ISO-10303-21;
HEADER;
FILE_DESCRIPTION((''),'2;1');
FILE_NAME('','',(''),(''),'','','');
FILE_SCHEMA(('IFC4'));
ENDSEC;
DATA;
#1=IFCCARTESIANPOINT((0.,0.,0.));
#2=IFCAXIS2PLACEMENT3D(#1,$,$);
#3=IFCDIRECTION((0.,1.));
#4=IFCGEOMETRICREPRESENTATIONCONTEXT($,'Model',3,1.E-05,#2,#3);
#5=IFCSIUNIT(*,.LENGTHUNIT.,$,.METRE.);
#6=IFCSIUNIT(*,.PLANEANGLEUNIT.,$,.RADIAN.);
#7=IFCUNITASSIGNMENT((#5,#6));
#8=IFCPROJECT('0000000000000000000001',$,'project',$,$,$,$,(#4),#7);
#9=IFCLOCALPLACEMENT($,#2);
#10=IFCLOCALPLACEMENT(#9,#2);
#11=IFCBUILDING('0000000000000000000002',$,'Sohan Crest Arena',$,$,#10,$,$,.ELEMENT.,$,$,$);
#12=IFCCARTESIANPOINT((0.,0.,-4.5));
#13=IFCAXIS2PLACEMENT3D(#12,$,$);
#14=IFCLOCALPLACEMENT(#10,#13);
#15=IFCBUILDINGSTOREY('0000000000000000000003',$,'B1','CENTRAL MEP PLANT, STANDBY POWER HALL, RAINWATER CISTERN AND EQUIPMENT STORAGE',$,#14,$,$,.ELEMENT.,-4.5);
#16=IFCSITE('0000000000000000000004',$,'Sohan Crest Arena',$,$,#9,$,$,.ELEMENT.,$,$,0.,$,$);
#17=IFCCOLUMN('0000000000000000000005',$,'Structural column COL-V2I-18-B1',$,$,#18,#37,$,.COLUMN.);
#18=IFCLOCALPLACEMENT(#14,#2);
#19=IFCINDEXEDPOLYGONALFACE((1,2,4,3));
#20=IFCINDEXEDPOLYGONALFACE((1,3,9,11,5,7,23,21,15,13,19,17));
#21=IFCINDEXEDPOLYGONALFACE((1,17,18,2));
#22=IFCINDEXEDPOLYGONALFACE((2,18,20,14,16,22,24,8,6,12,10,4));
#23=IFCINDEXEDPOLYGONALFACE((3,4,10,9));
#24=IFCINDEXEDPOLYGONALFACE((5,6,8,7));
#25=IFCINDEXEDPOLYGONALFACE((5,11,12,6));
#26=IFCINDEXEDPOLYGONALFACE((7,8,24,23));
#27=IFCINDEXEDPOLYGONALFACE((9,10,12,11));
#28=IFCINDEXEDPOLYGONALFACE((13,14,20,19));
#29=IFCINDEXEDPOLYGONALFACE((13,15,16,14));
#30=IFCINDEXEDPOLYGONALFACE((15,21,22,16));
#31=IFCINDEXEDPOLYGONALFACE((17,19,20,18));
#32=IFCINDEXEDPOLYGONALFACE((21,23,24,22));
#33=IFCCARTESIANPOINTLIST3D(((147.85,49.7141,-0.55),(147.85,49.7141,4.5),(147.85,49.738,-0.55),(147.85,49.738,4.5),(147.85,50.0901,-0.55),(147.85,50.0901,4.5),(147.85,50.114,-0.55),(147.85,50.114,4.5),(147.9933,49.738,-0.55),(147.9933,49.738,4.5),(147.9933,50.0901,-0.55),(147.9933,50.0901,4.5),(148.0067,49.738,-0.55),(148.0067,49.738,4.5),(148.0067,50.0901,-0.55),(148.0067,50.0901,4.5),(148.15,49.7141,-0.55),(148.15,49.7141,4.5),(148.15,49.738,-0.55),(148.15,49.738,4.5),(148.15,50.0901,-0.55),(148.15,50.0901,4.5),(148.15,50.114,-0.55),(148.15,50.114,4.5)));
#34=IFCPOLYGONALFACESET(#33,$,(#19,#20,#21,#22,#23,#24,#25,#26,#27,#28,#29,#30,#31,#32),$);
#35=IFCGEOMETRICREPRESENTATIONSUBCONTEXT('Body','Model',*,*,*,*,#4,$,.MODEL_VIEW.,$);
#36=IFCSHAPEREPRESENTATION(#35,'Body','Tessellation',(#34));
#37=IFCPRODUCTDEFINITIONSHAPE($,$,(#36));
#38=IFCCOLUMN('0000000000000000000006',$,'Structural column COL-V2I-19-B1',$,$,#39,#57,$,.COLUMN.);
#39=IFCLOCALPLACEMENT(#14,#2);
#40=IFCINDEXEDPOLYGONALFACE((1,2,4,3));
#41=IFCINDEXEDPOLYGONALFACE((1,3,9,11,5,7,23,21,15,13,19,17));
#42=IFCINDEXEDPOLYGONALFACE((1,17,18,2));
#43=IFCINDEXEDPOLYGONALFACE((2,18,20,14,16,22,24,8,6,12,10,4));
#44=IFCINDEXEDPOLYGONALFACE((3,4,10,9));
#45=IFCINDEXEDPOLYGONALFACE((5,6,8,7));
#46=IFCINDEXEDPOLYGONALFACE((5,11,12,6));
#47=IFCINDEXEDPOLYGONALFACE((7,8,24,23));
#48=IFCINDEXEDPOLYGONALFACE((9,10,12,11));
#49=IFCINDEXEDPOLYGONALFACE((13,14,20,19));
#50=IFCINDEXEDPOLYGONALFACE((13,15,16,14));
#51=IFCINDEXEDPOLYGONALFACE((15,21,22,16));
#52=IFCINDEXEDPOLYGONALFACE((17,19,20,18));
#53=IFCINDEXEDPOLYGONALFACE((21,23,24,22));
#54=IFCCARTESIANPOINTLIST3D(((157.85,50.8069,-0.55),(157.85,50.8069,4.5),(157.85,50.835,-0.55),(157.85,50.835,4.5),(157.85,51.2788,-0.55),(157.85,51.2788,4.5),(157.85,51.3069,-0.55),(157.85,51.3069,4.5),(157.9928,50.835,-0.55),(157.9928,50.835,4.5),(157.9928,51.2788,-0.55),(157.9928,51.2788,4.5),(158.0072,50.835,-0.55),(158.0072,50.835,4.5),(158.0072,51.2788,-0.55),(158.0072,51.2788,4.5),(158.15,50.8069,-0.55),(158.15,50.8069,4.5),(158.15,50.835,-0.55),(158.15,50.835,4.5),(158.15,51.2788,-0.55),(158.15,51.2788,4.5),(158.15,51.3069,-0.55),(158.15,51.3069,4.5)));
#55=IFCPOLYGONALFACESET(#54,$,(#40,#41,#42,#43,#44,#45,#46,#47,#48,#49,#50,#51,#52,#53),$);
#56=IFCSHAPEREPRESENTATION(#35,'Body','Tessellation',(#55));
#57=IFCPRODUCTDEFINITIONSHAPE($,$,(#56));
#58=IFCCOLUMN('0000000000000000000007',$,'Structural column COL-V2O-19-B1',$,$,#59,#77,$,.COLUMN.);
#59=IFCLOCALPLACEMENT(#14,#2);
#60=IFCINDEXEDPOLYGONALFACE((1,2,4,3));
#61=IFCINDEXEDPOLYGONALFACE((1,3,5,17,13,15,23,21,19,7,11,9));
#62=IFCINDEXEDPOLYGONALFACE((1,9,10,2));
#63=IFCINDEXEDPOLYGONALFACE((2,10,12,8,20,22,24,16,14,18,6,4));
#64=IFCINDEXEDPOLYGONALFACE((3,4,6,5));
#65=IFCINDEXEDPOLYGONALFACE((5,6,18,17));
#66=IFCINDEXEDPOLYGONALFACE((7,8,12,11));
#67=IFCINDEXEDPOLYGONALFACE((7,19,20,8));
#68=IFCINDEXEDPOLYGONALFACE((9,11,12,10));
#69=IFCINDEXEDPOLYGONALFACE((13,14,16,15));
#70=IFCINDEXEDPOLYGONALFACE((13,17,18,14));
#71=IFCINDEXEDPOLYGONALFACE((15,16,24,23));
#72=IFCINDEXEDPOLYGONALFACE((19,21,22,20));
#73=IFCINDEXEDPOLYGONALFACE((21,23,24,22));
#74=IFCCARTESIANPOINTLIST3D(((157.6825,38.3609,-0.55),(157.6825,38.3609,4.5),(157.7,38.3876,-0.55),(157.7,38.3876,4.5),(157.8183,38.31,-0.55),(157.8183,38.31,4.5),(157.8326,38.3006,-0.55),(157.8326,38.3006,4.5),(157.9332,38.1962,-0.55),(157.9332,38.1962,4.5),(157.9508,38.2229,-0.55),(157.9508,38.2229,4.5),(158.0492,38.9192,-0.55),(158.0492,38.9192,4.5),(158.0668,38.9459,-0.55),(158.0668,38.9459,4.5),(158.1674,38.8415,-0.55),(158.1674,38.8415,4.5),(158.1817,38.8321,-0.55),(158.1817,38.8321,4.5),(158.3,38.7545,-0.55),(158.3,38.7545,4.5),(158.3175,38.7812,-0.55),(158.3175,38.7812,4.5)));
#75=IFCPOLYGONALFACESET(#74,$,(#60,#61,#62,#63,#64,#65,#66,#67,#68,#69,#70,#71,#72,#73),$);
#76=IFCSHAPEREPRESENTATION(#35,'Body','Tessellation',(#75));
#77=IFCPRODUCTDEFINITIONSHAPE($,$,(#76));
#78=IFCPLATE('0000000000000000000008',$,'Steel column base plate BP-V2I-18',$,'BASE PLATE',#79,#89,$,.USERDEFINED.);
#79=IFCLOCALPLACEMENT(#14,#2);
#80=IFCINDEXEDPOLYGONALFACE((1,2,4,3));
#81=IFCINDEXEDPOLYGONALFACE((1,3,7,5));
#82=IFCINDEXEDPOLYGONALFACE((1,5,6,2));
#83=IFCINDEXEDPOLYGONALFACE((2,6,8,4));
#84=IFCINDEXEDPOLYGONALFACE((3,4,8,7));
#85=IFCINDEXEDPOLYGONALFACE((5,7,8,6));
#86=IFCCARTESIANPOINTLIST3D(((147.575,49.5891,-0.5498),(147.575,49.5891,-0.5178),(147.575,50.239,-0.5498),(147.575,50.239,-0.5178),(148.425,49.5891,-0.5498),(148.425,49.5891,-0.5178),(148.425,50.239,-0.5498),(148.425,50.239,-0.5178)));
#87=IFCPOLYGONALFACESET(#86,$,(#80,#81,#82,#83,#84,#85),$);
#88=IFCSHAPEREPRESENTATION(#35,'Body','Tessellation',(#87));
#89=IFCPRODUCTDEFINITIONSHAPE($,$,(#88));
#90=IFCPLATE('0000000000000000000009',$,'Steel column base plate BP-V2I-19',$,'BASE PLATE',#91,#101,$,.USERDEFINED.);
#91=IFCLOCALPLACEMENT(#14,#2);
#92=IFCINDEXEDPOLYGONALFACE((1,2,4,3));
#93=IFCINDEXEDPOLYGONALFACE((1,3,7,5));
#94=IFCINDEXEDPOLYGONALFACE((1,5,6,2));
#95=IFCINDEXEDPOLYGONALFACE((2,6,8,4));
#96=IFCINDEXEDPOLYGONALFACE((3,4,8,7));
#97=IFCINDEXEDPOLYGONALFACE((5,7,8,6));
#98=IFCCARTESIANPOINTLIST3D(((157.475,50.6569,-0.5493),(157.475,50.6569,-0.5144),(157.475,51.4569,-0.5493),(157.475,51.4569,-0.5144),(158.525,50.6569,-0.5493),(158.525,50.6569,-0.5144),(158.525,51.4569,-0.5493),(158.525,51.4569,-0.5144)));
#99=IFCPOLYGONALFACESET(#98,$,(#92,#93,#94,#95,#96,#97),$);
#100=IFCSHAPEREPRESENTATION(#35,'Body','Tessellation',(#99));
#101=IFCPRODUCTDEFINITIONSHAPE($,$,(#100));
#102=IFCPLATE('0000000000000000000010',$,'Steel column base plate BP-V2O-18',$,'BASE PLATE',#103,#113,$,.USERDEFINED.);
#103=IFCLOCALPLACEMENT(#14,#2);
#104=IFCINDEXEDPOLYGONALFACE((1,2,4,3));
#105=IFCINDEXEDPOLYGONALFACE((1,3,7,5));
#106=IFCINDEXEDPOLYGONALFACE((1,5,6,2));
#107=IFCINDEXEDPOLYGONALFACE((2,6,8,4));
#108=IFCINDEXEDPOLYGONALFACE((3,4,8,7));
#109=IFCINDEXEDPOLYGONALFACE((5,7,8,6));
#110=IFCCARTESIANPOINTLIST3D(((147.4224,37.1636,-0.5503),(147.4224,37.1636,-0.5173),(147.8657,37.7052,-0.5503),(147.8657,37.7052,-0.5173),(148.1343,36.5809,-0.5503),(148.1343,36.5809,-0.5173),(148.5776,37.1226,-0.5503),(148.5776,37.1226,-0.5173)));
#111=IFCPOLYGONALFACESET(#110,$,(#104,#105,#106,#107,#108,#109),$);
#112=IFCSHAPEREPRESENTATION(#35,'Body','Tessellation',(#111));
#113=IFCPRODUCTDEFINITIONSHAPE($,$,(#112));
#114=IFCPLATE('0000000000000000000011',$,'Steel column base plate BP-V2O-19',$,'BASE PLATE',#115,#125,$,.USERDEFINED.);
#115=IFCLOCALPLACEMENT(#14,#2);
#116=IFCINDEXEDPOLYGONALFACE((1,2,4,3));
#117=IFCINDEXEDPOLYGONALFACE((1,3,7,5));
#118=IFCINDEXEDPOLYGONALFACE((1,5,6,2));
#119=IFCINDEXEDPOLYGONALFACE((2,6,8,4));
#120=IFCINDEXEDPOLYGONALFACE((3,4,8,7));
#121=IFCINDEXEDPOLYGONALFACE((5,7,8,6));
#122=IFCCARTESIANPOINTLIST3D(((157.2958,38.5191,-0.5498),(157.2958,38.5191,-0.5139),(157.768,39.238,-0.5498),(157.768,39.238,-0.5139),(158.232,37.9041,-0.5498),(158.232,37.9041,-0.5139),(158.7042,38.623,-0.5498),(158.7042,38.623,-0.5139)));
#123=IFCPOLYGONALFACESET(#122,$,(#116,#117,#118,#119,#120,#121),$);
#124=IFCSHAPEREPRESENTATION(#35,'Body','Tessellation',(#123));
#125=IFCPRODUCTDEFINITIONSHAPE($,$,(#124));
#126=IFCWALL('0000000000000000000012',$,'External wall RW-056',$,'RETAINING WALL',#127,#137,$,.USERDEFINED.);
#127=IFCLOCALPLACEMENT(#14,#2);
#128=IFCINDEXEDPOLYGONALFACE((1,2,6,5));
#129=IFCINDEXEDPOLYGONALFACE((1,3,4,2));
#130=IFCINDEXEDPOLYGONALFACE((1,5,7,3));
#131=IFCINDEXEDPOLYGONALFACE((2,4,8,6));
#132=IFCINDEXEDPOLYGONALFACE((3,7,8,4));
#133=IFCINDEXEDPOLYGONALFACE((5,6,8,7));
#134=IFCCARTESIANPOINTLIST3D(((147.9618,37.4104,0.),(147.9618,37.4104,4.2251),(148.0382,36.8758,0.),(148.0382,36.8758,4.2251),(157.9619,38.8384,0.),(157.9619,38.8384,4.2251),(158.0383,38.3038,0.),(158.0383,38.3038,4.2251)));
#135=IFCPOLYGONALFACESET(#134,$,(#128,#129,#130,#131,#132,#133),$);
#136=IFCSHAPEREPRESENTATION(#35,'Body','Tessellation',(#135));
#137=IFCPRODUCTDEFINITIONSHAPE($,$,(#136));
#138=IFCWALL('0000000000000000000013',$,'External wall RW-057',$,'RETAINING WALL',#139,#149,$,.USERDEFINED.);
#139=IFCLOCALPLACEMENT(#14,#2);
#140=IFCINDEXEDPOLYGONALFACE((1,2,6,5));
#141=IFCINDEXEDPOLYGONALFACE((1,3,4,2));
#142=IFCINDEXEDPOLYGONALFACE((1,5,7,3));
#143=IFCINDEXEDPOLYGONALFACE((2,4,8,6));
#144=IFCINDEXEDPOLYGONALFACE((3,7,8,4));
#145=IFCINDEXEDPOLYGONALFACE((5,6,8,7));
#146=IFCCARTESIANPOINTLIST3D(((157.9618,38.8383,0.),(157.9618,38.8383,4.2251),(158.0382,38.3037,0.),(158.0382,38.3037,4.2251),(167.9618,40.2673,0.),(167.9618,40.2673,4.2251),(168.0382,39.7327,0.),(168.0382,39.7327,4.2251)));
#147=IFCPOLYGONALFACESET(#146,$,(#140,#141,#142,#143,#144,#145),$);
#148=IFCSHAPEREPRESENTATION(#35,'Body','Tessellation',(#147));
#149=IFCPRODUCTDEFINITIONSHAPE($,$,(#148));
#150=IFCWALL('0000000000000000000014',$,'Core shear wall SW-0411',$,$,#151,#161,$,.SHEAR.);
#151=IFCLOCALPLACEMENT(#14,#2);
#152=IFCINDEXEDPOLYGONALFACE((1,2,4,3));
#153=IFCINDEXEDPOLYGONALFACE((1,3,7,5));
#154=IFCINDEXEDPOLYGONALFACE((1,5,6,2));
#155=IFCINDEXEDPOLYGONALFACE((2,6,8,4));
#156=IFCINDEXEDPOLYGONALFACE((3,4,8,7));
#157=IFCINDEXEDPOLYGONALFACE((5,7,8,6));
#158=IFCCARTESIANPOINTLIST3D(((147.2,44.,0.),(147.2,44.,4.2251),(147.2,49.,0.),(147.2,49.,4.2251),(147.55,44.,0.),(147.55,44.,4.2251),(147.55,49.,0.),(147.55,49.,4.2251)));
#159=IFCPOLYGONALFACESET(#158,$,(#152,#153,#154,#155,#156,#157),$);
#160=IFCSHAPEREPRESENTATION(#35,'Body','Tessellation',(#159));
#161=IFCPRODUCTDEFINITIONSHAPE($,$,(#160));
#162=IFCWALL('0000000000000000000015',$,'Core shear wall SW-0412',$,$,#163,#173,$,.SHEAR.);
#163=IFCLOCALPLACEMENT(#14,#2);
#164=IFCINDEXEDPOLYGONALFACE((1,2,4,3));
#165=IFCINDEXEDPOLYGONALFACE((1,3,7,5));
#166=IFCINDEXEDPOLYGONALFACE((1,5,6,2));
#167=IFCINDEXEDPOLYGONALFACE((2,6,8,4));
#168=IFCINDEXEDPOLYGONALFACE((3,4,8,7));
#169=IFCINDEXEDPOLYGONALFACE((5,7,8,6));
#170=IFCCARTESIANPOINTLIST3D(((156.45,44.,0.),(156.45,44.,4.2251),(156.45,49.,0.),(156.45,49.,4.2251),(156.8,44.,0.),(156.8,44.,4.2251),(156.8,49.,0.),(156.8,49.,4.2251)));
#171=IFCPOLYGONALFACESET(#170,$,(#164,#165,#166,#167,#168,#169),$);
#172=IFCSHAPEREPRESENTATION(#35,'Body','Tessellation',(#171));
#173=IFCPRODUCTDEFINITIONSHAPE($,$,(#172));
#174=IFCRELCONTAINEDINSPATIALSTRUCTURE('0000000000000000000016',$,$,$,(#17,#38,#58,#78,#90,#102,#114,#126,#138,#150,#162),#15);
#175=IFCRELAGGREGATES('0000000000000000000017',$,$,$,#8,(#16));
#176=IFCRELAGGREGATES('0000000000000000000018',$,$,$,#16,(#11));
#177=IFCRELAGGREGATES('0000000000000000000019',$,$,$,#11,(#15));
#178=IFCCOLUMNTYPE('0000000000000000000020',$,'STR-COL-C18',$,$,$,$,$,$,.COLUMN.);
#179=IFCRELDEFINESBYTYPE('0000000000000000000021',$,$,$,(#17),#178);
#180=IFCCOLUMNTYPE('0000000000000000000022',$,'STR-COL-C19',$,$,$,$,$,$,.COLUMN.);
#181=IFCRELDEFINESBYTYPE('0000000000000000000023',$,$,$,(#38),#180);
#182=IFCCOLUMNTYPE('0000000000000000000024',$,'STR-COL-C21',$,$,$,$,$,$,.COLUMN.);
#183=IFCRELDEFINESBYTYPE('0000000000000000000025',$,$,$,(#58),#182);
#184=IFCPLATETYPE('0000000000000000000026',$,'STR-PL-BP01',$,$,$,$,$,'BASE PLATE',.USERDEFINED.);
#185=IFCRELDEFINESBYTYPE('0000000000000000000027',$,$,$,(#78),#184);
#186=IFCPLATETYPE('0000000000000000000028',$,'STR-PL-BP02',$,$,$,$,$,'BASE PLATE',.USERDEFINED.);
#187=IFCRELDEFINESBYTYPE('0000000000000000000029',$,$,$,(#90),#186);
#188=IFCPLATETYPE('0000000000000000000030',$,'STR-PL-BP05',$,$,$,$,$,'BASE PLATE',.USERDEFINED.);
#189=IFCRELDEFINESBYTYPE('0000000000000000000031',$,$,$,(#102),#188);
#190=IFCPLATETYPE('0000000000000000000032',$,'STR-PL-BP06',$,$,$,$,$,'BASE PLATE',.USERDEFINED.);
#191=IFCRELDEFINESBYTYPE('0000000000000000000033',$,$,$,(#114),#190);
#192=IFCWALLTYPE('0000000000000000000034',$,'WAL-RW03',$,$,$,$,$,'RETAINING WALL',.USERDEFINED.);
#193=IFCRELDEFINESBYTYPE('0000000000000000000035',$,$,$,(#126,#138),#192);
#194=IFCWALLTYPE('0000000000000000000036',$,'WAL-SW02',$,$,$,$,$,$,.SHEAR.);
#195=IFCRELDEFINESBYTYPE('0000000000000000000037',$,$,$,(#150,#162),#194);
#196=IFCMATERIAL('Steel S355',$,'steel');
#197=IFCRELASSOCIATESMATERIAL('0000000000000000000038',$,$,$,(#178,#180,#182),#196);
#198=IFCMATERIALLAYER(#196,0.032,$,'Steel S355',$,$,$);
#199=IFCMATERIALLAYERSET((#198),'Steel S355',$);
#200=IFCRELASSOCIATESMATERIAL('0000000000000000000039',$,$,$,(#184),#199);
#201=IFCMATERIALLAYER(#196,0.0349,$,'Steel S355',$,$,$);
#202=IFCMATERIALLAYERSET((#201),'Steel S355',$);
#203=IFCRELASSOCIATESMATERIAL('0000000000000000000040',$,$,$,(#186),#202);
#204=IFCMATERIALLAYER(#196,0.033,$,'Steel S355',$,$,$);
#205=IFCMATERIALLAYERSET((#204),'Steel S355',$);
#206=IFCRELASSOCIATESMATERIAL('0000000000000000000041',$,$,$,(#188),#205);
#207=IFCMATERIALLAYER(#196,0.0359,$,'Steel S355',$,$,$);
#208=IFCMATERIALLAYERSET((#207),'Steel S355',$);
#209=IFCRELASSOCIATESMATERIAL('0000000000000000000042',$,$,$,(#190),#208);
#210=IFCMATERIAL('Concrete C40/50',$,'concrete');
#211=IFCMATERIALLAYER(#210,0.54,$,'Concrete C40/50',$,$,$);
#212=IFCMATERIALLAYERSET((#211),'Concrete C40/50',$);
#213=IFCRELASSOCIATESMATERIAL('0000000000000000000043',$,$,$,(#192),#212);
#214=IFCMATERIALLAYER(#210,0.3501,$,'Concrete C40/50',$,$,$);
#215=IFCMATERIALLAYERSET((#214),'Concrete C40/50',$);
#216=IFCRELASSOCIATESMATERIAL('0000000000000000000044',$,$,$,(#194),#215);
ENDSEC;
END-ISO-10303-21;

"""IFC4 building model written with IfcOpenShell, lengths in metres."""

from ifc_helpers import new_model, si_unit, direction, frame, frame_2d, origin, origin_2d, place, context, subcontext, project, spatial, rectangle, i_section, extrude, material, layer, layer_set, material_profile, profile_set, type_object, element, save


model = new_model("IFC4")

# Units and contexts
model_context = context("Model", 3, precision=1e-05, world=origin(), true_north=direction((0.0, 1.0)))
body_context = subcontext(model_context, "Body", "Model", "MODEL_VIEW")
ifc_project = project(units=[si_unit("LENGTHUNIT", "METRE"), si_unit("PLANEANGLEUNIT", "RADIAN")], contexts=[model_context])

# Site, building, storey
site_placement = place(None, origin())
site = spatial("IfcSite", under=ifc_project, at=site_placement, Name="Sohan Crest Arena", CompositionType="ELEMENT", RefElevation=0.0)
building_placement = place(site_placement, origin())
building = spatial("IfcBuilding", under=site, at=building_placement, Name="Sohan Crest Arena", CompositionType="ELEMENT")
storey_placement = place(building_placement, frame((0.0, 0.0, -4.5)))
storey = spatial("IfcBuildingStorey", under=building, at=storey_placement, Name="B1", Description="CENTRAL MEP PLANT, STANDBY POWER HALL, RAINWATER CISTERN AND EQUIPMENT STORAGE", CompositionType="ELEMENT", Elevation=-4.5)

# Shared definitions
ifc_material_1 = material(Name="Concrete C40/50", Category="concrete")

# Columns
ifc_material_2 = material(Name="Steel S355", Category="steel")
ifc_material_profile_1 = material_profile(ifc_material_2, i_section(OverallWidth=0.3, OverallDepth=0.3999, WebThickness=0.0134, FlangeThickness=0.0239, at=origin_2d()), Name="HEB 400")
ifc_profile_set_1 = profile_set([ifc_material_profile_1], Name="Steel S355")
column_type_1 = type_object("IfcColumnType", Name="STR-COL-C18", PredefinedType="COLUMN", material=ifc_profile_set_1)
column_1_placement = place(storey_placement, frame((148.0, 49.9141, -0.55), z_axis=(0.0, 0.0, 1.0), x_axis=(1.0, 0.0, 0.0)))
element("IfcColumn", 1, at=column_1_placement, inside=storey, type_object=column_type_1, Name="Structural column COL-V2I-18-B1", PredefinedType="COLUMN", context=body_context, shape_type="SweptSolid", body=[
    extrude(i_section(OverallWidth=0.3, OverallDepth=0.3999, WebThickness=0.0134, FlangeThickness=0.0239, at=origin_2d()), origin(), (0.0, 0.0, 1.0), 5.05),
])
ifc_material_profile_2 = material_profile(ifc_material_2, i_section(OverallWidth=0.3, OverallDepth=0.5, WebThickness=0.0144, FlangeThickness=0.0281, at=origin_2d()), Name="HEB 500")
ifc_profile_set_2 = profile_set([ifc_material_profile_2], Name="Steel S355")
column_type_2 = type_object("IfcColumnType", Name="STR-COL-C19", PredefinedType="COLUMN", material=ifc_profile_set_2)
column_2_placement = place(storey_placement, frame((158.0, 51.0569, -0.55), z_axis=(0.0, 0.0, 1.0), x_axis=(1.0, 0.0, 0.0)))
element("IfcColumn", 2, at=column_2_placement, inside=storey, type_object=column_type_2, Name="Structural column COL-V2I-19-B1", PredefinedType="COLUMN", context=body_context, shape_type="SweptSolid", body=[
    extrude(i_section(OverallWidth=0.3, OverallDepth=0.5, WebThickness=0.0144, FlangeThickness=0.0281, at=origin_2d()), origin(), (0.0, 0.0, 1.0), 5.05),
])
ifc_material_profile_3 = material_profile(ifc_material_2, i_section(OverallWidth=0.3, OverallDepth=0.7, WebThickness=0.0171, FlangeThickness=0.032, at=origin_2d()), Name="HEB 700")
ifc_profile_set_3 = profile_set([ifc_material_profile_3], Name="Steel S355")
column_type_3 = type_object("IfcColumnType", Name="STR-COL-C21", PredefinedType="COLUMN", material=ifc_profile_set_3)
column_3_placement = place(storey_placement, frame((158.0, 38.571, -0.55), z_axis=(0.0, 0.0, 1.0), x_axis=(-0.835807, 0.549023, 0.0)))
element("IfcColumn", 3, at=column_3_placement, inside=storey, type_object=column_type_3, Name="Structural column COL-V2O-19-B1", PredefinedType="COLUMN", context=body_context, shape_type="SweptSolid", body=[
    extrude(i_section(OverallWidth=0.3, OverallDepth=0.7, WebThickness=0.0171, FlangeThickness=0.032, at=origin_2d()), origin(), (0.0, 0.0, 1.0), 5.05),
])

# Plates
ifc_layer_1 = layer(ifc_material_2, 0.032, Name="Steel S355")
ifc_layer_set_1 = layer_set([ifc_layer_1], Name="Steel S355")
plate_type_1 = type_object("IfcPlateType", Name="STR-PL-BP01", ElementType="BASE PLATE", PredefinedType="USERDEFINED", material=ifc_layer_set_1)
plate_1_placement = place(storey_placement, frame((148.0, 49.9141, -0.5498), z_axis=(0.0, 0.0, 1.0), x_axis=(1.0, 0.0, 0.0)))
element("IfcPlate", 4, at=plate_1_placement, inside=storey, type_object=plate_type_1, Name="Steel column base plate BP-V2I-18", ObjectType="BASE PLATE", PredefinedType="USERDEFINED", context=body_context, shape_type="SweptSolid", body=[
    extrude(rectangle(XDim=0.8501, YDim=0.6499, at=origin_2d()), origin(), (0.0, 0.0, 1.0), 0.032),
])
ifc_layer_2 = layer(ifc_material_2, 0.0349, Name="Steel S355")
ifc_layer_set_2 = layer_set([ifc_layer_2], Name="Steel S355")
plate_type_2 = type_object("IfcPlateType", Name="STR-PL-BP02", ElementType="BASE PLATE", PredefinedType="USERDEFINED", material=ifc_layer_set_2)
plate_2_placement = place(storey_placement, frame((158.0, 51.0569, -0.5493), z_axis=(0.0, 0.0, 1.0), x_axis=(1.0, 0.0, 0.0)))
element("IfcPlate", 5, at=plate_2_placement, inside=storey, type_object=plate_type_2, Name="Steel column base plate BP-V2I-19", ObjectType="BASE PLATE", PredefinedType="USERDEFINED", context=body_context, shape_type="SweptSolid", body=[
    extrude(rectangle(XDim=1.05, YDim=0.8, at=origin_2d()), origin(), (0.0, 0.0, 1.0), 0.0349),
])
ifc_layer_3 = layer(ifc_material_2, 0.033, Name="Steel S355")
ifc_layer_set_3 = layer_set([ifc_layer_3], Name="Steel S355")
plate_type_3 = type_object("IfcPlateType", Name="STR-PL-BP05", ElementType="BASE PLATE", PredefinedType="USERDEFINED", material=ifc_layer_set_3)
plate_3_placement = place(storey_placement, frame((148.0, 37.1431, -0.5503), z_axis=(0.0, 0.0, 1.0), x_axis=(-0.77384, 0.633381, 0.0)))
element("IfcPlate", 6, at=plate_3_placement, inside=storey, type_object=plate_type_3, Name="Steel column base plate BP-V2O-18", ObjectType="BASE PLATE", PredefinedType="USERDEFINED", context=body_context, shape_type="SweptSolid", body=[
    extrude(rectangle(XDim=0.9199, YDim=0.7, at=origin_2d()), origin(), (0.0, 0.0, 1.0), 0.033),
])
ifc_layer_4 = layer(ifc_material_2, 0.0359, Name="Steel S355")
ifc_layer_set_4 = layer_set([ifc_layer_4], Name="Steel S355")
plate_type_4 = type_object("IfcPlateType", Name="STR-PL-BP06", ElementType="BASE PLATE", PredefinedType="USERDEFINED", material=ifc_layer_set_4)
plate_4_placement = place(storey_placement, frame((158.0, 38.571, -0.5498), z_axis=(0.0, 0.0, 1.0), x_axis=(-0.835807, 0.549023, 0.0)))
element("IfcPlate", 7, at=plate_4_placement, inside=storey, type_object=plate_type_4, Name="Steel column base plate BP-V2O-19", ObjectType="BASE PLATE", PredefinedType="USERDEFINED", context=body_context, shape_type="SweptSolid", body=[
    extrude(rectangle(XDim=1.1201, YDim=0.8601, at=origin_2d()), origin(), (0.0, 0.0, 1.0), 0.0359),
])

# Walls
ifc_layer_5 = layer(ifc_material_1, 0.54, Name="Concrete C40/50")
ifc_layer_set_5 = layer_set([ifc_layer_5], Name="Concrete C40/50")
wall_type_1 = type_object("IfcWallType", Name="WAL-RW03", ElementType="RETAINING WALL", PredefinedType="USERDEFINED", material=ifc_layer_set_5)
for number, where, z_axis, x_axis, name in (
    (8, (148.0, 37.1431, 0.0), (0.0, 0.0, 1.0), (0.989958, 0.141364, 0.0), "External wall RW-056"),
    (9, (158.0, 38.571, 0.0), (0.0, 0.0, 1.0), (0.989944, 0.141459, 0.0), "External wall RW-057"),
):
    element("IfcWall", number, at=place(storey_placement, frame(where, z_axis=z_axis, x_axis=x_axis)), inside=storey, type_object=wall_type_1, Name=name, ObjectType="RETAINING WALL", PredefinedType="USERDEFINED", context=body_context, shape_type="SweptSolid", body=[
        extrude(rectangle(XDim=10.1016, YDim=0.54, at=frame_2d((5.0508, 0.0))), origin(), (0.0, 0.0, 1.0), 4.2251),
    ])
ifc_layer_6 = layer(ifc_material_1, 0.3501, Name="Concrete C40/50")
ifc_layer_set_6 = layer_set([ifc_layer_6], Name="Concrete C40/50")
wall_type_2 = type_object("IfcWallType", Name="WAL-SW02", PredefinedType="SHEAR", material=ifc_layer_set_6)
for number, where, z_axis, x_axis, name in (
    (10, (147.375, 44.0, 0.0), (0.0, 0.0, 1.0), (0.0, 1.0, 0.0), "Core shear wall SW-0411"),
    (11, (156.625, 44.0, 0.0), (0.0, 0.0, 1.0), (0.0, 1.0, 0.0), "Core shear wall SW-0412"),
):
    element("IfcWall", number, at=place(storey_placement, frame(where, z_axis=z_axis, x_axis=x_axis)), inside=storey, type_object=wall_type_2, Name=name, PredefinedType="SHEAR", context=body_context, shape_type="SweptSolid", body=[
        extrude(rectangle(XDim=5.0, YDim=0.3501, at=frame_2d((2.5, 0.0))), origin(), (0.0, 0.0, 1.0), 4.2251),
    ])

save(model, "model.ifc")
